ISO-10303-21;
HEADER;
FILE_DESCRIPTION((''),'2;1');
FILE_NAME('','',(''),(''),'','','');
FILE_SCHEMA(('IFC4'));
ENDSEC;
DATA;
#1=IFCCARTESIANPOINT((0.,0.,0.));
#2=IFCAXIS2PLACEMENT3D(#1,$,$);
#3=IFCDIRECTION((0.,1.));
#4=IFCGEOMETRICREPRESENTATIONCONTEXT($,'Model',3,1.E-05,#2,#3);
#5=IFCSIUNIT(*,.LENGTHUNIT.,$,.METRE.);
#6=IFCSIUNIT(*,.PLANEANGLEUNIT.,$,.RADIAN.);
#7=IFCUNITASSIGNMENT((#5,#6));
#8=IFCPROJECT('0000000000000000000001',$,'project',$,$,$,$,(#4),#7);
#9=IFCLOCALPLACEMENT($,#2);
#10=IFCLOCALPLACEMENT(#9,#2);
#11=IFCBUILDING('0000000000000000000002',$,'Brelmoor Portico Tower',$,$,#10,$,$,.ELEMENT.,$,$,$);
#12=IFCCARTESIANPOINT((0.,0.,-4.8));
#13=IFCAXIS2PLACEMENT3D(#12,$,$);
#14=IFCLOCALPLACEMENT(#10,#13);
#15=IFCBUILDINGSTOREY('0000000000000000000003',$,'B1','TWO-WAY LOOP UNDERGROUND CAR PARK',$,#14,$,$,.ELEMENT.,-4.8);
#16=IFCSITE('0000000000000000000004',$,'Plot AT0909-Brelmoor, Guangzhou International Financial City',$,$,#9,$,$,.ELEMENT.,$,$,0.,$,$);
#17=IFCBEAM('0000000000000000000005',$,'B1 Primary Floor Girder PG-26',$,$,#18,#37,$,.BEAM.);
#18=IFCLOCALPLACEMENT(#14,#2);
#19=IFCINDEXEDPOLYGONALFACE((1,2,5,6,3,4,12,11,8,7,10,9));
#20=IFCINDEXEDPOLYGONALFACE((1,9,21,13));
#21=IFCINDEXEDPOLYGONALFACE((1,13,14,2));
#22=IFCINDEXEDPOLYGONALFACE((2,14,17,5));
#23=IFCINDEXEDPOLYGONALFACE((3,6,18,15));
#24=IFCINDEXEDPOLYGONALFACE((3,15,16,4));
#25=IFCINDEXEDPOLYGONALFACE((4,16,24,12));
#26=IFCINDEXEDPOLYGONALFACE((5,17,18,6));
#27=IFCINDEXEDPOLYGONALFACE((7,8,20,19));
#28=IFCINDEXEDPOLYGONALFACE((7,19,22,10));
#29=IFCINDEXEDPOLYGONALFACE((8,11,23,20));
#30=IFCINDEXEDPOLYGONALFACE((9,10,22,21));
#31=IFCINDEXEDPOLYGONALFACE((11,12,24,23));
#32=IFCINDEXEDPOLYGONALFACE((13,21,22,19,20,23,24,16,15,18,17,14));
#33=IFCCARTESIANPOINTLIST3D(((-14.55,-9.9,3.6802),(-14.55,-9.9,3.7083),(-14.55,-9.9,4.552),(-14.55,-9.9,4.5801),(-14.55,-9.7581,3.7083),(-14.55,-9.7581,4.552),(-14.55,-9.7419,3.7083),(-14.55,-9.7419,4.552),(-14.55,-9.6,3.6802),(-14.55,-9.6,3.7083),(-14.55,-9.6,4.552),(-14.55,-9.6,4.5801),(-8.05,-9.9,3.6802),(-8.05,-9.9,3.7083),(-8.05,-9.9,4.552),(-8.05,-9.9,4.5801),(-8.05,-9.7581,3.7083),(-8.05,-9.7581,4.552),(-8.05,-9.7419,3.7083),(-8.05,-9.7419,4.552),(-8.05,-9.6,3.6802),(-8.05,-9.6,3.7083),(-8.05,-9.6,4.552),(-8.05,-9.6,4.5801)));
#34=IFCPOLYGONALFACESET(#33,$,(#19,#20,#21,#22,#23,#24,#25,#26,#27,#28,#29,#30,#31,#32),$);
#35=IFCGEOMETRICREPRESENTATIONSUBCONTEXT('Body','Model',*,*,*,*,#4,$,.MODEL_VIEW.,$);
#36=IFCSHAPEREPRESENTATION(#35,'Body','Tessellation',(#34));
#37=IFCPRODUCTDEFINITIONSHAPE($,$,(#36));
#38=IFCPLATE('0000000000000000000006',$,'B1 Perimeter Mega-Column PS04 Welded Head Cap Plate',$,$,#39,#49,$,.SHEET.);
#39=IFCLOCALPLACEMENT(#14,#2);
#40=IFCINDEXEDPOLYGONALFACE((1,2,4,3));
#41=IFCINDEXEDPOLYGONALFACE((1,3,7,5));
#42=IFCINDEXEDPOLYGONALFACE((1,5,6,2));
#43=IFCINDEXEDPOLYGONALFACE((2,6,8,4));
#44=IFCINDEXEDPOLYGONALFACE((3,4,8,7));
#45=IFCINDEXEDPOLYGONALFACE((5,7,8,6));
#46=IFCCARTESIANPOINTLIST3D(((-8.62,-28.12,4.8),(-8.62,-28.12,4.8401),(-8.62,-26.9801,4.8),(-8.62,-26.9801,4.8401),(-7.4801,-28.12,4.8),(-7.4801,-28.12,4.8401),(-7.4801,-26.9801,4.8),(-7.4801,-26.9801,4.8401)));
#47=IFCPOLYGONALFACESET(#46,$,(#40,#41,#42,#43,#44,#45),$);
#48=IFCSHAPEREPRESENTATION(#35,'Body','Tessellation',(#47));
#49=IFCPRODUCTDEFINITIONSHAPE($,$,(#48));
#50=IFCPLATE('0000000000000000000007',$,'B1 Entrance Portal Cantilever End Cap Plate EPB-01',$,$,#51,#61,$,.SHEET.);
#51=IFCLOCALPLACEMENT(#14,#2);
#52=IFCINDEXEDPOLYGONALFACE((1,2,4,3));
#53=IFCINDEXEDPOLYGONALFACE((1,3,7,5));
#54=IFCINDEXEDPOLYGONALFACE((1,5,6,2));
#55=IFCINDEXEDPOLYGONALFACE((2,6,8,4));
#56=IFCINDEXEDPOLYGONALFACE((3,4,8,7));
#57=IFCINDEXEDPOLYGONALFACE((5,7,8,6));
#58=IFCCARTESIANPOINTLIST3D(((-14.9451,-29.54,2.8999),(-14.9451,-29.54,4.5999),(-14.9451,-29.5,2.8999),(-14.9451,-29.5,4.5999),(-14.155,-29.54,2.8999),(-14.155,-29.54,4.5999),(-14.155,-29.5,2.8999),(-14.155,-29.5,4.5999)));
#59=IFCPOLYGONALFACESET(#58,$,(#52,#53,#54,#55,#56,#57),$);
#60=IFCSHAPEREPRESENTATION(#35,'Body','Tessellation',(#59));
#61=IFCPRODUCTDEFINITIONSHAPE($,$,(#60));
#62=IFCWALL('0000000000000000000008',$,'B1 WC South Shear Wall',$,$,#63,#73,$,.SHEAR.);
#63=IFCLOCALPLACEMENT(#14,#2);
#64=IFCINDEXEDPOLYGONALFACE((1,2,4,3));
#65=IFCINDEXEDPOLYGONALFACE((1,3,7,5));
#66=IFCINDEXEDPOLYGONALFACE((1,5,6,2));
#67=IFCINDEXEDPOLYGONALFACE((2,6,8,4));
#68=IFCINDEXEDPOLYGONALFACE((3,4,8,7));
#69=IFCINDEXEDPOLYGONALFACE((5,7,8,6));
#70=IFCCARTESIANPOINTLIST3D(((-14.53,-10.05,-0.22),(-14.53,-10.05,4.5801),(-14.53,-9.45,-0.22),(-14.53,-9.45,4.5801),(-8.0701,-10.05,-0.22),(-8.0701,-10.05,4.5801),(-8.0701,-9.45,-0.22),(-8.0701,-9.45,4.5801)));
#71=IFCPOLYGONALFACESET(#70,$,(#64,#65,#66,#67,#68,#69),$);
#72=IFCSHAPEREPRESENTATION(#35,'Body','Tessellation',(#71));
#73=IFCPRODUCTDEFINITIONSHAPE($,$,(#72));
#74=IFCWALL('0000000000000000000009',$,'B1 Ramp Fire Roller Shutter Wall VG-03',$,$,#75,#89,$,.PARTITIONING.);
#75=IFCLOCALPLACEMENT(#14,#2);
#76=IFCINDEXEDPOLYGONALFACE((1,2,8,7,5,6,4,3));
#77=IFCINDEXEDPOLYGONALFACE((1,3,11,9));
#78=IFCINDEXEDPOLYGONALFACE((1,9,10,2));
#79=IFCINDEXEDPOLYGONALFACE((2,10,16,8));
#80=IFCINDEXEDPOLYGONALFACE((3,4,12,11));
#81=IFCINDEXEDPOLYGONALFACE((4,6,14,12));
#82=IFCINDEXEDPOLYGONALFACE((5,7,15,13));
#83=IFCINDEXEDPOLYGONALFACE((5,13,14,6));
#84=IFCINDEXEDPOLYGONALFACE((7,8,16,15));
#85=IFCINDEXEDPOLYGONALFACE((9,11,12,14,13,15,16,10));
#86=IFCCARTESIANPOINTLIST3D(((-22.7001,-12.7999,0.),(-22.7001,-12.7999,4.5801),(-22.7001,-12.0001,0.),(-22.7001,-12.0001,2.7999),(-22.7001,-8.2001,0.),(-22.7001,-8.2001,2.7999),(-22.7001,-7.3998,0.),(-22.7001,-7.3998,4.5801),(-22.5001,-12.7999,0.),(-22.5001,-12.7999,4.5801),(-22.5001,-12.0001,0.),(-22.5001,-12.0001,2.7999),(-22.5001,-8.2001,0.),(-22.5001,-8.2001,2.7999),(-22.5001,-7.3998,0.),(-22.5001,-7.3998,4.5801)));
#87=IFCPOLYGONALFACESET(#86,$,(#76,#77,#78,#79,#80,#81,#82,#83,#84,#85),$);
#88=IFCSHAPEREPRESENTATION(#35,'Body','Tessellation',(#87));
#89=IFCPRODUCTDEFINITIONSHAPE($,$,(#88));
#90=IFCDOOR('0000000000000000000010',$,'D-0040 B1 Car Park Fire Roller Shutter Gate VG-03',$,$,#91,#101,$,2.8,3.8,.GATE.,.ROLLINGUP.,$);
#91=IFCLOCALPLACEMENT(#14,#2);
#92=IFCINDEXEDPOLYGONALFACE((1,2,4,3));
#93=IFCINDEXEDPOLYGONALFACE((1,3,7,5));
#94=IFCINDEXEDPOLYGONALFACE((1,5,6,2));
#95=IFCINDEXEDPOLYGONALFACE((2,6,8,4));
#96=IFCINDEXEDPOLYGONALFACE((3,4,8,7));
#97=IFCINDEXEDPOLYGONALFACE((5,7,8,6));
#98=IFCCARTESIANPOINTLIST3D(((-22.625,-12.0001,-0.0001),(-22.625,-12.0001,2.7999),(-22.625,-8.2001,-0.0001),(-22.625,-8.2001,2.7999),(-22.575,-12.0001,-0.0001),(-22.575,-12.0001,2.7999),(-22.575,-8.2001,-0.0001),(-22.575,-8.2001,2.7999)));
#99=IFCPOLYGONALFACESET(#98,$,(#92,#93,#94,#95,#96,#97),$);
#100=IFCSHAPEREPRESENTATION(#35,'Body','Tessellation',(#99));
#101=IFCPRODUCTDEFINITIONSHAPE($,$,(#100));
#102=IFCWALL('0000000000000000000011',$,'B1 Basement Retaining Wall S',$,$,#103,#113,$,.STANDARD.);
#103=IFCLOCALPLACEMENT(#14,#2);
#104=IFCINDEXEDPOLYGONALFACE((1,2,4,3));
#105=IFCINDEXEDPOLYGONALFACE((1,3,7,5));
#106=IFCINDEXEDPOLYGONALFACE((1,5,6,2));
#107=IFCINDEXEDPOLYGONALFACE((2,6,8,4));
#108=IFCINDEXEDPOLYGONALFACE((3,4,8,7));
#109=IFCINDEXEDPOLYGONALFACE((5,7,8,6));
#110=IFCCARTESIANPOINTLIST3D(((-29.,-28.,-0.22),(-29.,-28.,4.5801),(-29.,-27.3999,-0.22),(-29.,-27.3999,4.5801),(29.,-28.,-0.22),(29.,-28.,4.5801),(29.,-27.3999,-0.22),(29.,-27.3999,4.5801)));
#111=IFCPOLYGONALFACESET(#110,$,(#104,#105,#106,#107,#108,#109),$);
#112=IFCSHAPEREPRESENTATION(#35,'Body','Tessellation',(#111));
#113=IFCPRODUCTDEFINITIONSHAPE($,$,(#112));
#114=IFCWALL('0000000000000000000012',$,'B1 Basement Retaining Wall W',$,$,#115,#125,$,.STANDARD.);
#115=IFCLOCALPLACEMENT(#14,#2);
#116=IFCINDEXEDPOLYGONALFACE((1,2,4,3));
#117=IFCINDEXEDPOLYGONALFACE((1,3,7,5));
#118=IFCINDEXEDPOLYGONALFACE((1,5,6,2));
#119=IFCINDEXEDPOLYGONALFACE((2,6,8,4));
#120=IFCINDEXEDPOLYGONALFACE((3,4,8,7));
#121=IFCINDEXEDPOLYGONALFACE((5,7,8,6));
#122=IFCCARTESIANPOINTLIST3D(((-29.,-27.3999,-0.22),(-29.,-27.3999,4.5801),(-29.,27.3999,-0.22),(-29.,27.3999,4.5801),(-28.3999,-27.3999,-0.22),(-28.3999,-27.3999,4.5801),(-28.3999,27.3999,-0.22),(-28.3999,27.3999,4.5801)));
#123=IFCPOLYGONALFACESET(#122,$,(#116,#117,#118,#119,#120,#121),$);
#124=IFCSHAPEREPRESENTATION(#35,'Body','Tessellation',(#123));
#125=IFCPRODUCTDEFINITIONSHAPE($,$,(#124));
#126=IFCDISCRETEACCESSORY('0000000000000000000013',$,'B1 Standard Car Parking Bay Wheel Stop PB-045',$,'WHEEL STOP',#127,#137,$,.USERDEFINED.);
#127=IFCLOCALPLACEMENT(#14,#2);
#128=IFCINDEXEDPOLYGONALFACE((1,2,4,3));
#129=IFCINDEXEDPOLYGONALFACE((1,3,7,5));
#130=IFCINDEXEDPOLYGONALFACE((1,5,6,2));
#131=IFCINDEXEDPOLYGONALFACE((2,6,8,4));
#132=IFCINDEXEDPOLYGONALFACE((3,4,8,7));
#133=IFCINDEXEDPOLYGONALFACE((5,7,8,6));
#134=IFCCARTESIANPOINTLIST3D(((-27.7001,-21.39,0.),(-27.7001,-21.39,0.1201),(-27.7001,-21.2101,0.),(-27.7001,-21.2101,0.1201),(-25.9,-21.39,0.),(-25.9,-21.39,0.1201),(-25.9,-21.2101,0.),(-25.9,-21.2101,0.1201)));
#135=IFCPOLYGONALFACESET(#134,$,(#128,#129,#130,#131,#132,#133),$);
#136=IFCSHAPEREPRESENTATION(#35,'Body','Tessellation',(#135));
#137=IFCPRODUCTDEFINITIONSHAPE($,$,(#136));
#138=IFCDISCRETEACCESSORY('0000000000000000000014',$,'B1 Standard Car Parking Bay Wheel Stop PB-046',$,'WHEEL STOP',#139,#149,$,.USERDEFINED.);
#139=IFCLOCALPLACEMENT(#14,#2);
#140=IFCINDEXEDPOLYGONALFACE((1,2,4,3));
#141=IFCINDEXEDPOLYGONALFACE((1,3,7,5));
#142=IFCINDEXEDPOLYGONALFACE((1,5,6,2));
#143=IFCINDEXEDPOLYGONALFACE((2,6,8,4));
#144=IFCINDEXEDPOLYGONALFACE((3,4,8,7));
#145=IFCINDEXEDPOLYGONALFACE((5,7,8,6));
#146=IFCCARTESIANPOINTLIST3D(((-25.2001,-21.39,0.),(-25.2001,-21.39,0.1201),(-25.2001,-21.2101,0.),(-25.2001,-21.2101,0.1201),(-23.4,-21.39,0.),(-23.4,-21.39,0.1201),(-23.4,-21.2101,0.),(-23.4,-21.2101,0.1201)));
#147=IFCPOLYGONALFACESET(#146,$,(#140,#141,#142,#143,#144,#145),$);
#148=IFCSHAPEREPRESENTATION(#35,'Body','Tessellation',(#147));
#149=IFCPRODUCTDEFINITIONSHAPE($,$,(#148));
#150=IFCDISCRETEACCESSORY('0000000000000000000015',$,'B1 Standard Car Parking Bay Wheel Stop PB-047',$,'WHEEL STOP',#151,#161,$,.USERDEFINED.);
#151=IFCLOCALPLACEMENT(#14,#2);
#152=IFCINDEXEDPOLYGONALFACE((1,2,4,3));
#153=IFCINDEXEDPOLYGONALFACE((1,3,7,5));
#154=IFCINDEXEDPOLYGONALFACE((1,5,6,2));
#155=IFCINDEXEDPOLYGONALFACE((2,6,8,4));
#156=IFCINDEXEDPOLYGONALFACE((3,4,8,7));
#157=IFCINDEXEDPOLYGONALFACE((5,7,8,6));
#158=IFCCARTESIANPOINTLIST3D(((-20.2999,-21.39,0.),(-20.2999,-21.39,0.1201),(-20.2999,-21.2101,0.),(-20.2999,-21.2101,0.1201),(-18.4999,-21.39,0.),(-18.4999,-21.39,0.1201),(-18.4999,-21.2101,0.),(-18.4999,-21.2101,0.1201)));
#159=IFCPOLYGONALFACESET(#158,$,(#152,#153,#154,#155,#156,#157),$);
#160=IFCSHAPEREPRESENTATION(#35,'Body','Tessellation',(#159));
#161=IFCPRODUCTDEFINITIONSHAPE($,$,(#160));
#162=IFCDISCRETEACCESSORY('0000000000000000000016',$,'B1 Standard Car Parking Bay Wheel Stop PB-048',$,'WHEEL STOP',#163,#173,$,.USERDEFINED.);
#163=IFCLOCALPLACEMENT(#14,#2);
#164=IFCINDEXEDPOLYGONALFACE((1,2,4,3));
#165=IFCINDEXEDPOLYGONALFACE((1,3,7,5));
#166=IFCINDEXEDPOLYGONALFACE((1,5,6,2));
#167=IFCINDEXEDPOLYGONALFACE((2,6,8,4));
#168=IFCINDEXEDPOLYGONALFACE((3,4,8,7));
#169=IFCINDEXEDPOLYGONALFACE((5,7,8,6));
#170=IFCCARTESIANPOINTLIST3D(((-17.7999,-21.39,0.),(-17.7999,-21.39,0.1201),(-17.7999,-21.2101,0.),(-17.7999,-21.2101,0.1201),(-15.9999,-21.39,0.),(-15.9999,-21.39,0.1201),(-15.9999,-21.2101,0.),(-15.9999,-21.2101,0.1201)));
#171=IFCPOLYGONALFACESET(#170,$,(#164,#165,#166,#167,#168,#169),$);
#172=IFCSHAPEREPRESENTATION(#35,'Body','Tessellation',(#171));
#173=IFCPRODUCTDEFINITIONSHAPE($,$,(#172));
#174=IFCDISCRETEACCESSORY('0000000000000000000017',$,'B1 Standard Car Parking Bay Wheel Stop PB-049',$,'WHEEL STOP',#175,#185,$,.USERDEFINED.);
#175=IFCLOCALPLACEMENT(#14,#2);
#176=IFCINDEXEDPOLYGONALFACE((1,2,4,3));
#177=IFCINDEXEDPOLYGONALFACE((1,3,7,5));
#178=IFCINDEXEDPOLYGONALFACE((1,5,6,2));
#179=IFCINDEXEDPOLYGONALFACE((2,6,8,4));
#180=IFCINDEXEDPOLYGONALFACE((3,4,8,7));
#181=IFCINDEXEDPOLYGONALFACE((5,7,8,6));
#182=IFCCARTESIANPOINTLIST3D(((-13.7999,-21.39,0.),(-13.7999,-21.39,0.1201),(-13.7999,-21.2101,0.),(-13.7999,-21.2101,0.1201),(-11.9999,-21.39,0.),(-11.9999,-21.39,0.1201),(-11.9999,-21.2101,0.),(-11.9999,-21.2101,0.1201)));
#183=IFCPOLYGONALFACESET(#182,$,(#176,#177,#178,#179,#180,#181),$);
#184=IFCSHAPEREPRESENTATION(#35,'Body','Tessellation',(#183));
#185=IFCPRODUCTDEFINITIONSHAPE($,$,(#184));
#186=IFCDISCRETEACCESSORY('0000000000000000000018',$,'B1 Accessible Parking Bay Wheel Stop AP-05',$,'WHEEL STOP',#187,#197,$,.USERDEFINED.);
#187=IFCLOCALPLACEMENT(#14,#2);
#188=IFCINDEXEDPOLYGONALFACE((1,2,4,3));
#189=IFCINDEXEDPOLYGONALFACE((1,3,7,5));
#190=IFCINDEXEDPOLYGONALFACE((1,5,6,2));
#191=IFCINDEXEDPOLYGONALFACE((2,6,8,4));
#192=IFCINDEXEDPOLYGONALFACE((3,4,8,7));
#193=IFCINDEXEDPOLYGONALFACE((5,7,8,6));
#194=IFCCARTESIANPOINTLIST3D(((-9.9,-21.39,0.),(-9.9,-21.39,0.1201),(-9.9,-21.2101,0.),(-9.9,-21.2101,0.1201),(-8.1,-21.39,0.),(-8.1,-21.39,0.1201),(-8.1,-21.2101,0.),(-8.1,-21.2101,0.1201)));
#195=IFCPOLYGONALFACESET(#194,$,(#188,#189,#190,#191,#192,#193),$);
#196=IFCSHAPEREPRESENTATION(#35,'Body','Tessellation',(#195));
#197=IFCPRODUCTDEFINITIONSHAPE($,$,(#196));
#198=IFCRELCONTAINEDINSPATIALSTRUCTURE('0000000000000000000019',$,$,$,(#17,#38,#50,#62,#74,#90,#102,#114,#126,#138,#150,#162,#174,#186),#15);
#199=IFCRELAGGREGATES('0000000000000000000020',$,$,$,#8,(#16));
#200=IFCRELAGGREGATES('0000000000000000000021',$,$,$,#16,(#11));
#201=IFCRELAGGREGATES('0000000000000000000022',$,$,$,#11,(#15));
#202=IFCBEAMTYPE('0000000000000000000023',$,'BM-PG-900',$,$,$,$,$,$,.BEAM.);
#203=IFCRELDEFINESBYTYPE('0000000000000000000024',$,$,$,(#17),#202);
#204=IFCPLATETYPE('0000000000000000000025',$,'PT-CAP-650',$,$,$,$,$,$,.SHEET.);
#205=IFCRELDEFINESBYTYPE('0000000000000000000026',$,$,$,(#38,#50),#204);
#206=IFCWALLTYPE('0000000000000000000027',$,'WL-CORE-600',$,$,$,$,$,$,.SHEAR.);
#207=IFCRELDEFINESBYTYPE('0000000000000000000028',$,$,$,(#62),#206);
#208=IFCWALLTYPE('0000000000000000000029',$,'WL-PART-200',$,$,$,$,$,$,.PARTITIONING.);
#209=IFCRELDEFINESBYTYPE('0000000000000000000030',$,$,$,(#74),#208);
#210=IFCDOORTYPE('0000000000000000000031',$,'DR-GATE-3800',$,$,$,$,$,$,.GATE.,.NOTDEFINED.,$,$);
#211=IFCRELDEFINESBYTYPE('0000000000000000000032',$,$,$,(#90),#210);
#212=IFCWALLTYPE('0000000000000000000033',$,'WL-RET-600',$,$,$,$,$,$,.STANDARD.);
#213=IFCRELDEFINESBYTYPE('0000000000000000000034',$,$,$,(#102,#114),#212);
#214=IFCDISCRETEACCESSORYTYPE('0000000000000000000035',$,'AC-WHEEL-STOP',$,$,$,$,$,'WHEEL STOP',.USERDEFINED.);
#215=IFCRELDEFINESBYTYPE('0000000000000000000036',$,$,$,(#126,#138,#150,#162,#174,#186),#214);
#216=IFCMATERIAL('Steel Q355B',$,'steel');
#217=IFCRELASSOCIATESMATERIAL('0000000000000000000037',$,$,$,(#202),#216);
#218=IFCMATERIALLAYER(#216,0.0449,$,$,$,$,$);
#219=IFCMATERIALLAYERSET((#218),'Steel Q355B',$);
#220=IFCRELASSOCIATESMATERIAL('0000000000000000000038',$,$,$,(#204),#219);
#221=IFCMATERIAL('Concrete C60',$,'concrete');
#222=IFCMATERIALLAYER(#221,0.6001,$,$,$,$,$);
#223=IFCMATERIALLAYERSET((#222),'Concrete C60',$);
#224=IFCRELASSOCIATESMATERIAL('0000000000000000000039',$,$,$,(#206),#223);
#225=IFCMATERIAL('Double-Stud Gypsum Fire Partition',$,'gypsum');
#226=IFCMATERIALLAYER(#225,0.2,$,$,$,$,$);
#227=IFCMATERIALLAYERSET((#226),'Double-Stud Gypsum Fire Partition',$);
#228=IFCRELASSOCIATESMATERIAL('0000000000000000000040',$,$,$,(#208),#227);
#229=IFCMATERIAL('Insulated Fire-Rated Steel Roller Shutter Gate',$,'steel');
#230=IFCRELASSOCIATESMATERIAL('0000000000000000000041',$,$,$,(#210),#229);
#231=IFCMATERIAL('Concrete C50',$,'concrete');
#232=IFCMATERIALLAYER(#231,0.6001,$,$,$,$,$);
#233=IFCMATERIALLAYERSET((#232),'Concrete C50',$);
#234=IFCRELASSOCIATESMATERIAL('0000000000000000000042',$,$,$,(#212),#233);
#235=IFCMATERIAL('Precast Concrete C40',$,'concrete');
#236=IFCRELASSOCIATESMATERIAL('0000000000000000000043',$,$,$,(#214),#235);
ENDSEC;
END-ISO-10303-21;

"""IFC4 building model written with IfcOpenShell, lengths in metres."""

from ifc_helpers import new_model, si_unit, direction, frame, frame_2d, origin, origin_2d, place, context, subcontext, project, spatial, rectangle, i_section, extrude, material, layer, layer_set, material_profile, profile_set, type_object, element, fill, save


model = new_model("IFC4")

# Units and contexts
model_context = context("Model", 3, precision=1e-05, world=origin(), true_north=direction((0.0, 1.0)))
body_context = subcontext(model_context, "Body", "Model", "MODEL_VIEW")
ifc_project = project(units=[si_unit("LENGTHUNIT", "METRE"), si_unit("PLANEANGLEUNIT", "RADIAN")], contexts=[model_context])

# Site, building, storey
site_placement = place(None, origin())
site = spatial("IfcSite", under=ifc_project, at=site_placement, Name="Plot AT0909-Brelmoor, Guangzhou International Financial City", CompositionType="ELEMENT", RefElevation=0.0)
building_placement = place(site_placement, origin())
building = spatial("IfcBuilding", under=site, at=building_placement, Name="Brelmoor Portico Tower", CompositionType="ELEMENT")
storey_placement = place(building_placement, frame((0.0, 0.0, -4.8)))
storey = spatial("IfcBuildingStorey", under=building, at=storey_placement, Name="B1", Description="TWO-WAY LOOP UNDERGROUND CAR PARK", CompositionType="ELEMENT", Elevation=-4.8)

# Shared definitions
ifc_material_1 = material(Name="Steel Q355B", Category="steel")

# Beam
ifc_material_profile_1 = material_profile(ifc_material_1, i_section(OverallWidth=0.3, OverallDepth=0.8999, WebThickness=0.0161, FlangeThickness=0.0281, at=origin_2d()), Name="HN 900x300x16x28")
ifc_profile_set_1 = profile_set([ifc_material_profile_1], Name="Steel Q355B")
beam_type_1 = type_object("IfcBeamType", Name="BM-PG-900", PredefinedType="BEAM", material=ifc_profile_set_1)
beam_1_placement = place(storey_placement, frame((-14.55, -9.75, 4.1301), z_axis=(1.0, 0.0, 0.0), x_axis=(0.0, 1.0, 0.0)))
element("IfcBeam", 1, at=beam_1_placement, inside=storey, type_object=beam_type_1, Name="B1 Primary Floor Girder PG-26", PredefinedType="BEAM", context=body_context, shape_type="SweptSolid", body=[
    extrude(i_section(OverallWidth=0.3, OverallDepth=0.8999, WebThickness=0.0161, FlangeThickness=0.0281, at=origin_2d()), origin(), (0.0, 0.0, 1.0), 6.5),
])

# Plates
ifc_layer_1 = layer(ifc_material_1, 0.0449)
ifc_layer_set_1 = layer_set([ifc_layer_1], Name="Steel Q355B")
plate_type = type_object("IfcPlateType", Name="PT-CAP-650", PredefinedType="SHEET", material=ifc_layer_set_1)
plate_1_placement = place(storey_placement, frame((-8.05, -27.55, 4.8), z_axis=(0.0, 0.0, 1.0), x_axis=(1.0, 0.0, 0.0)))
element("IfcPlate", 2, at=plate_1_placement, inside=storey, type_object=plate_type, Name="B1 Perimeter Mega-Column PS04 Welded Head Cap Plate", PredefinedType="SHEET", context=body_context, shape_type="SweptSolid", body=[
    extrude(rectangle(XDim=1.1399, YDim=1.1399, at=origin_2d()), origin(), (0.0, 0.0, 1.0), 0.04),
])
plate_2_placement = place(storey_placement, frame((-14.55, -29.52, 2.8999), z_axis=(0.0, 0.0, 1.0), x_axis=(1.0, 0.0, 0.0)))
element("IfcPlate", 3, at=plate_2_placement, inside=storey, type_object=plate_type, Name="B1 Entrance Portal Cantilever End Cap Plate EPB-01", PredefinedType="SHEET", context=body_context, shape_type="SweptSolid", body=[
    extrude(rectangle(XDim=0.79, YDim=0.04, at=origin_2d()), origin(), (0.0, 0.0, 1.0), 1.7),
])

# Wall
ifc_material_2 = material(Name="Concrete C60", Category="concrete")
ifc_layer_2 = layer(ifc_material_2, 0.6001)
ifc_layer_set_2 = layer_set([ifc_layer_2], Name="Concrete C60")
wall_type_1 = type_object("IfcWallType", Name="WL-CORE-600", PredefinedType="SHEAR", material=ifc_layer_set_2)
wall_1_placement = place(storey_placement, frame((-14.53, -9.75, -0.22), z_axis=(0.0, 0.0, 1.0), x_axis=(1.0, 0.0, 0.0)))
element("IfcWall", 4, at=wall_1_placement, inside=storey, type_object=wall_type_1, Name="B1 WC South Shear Wall", PredefinedType="SHEAR", context=body_context, shape_type="SweptSolid", body=[
    extrude(rectangle(XDim=6.46, YDim=0.6001, at=frame_2d((3.23, 0.0))), origin(), (0.0, 0.0, 1.0), 4.8),
])

# Wall, opening, door
ifc_material_3 = material(Name="Double-Stud Gypsum Fire Partition", Category="gypsum")
ifc_layer_3 = layer(ifc_material_3, 0.2)
ifc_layer_set_3 = layer_set([ifc_layer_3], Name="Double-Stud Gypsum Fire Partition")
wall_type_2 = type_object("IfcWallType", Name="WL-PART-200", PredefinedType="PARTITIONING", material=ifc_layer_set_3)
wall_2_placement = place(storey_placement, frame((-22.6001, -12.8, 0.0), z_axis=(0.0, 0.0, 1.0), x_axis=(0.0, 1.0, 0.0)))
wall_2 = element("IfcWall", 5, at=wall_2_placement, inside=storey, type_object=wall_type_2, Name="B1 Ramp Fire Roller Shutter Wall VG-03", PredefinedType="PARTITIONING", context=body_context, shape_type="SweptSolid", body=[
    extrude(rectangle(XDim=5.4001, YDim=0.2, at=frame_2d((2.7002, 0.0))), origin(), (0.0, 0.0, 1.0), 4.5801),
])
opening_placement = place(wall_2_placement, frame((0.8, 0.0, 0.0)))
opening = element("IfcOpeningElement", 6, at=opening_placement, cuts=wall_2, PredefinedType="OPENING", context=body_context, shape_type="SweptSolid", body=[
    extrude(rectangle(XDim=3.8, YDim=2.8, at=frame_2d((1.8999, 1.3999))), frame((0.0, 0.1099, 0.0), z_axis=(0.0, -1.0, 0.0), x_axis=(1.0, 0.0, 0.0)), (0.0, 0.0, 1.0), 0.22),
])
ifc_material_4 = material(Name="Insulated Fire-Rated Steel Roller Shutter Gate", Category="steel")
door_type = type_object("IfcDoorType", Name="DR-GATE-3800", OperationType="NOTDEFINED", PredefinedType="GATE", material=ifc_material_4)
door_placement = place(opening_placement, origin())
door = element("IfcDoor", 7, at=door_placement, inside=storey, type_object=door_type, Name="D-0040 B1 Car Park Fire Roller Shutter Gate VG-03", OperationType="ROLLINGUP", OverallHeight=2.8, OverallWidth=3.8, PredefinedType="GATE", context=body_context, shape_type="SweptSolid", body=[
    extrude(rectangle(XDim=3.8, YDim=2.8, at=frame_2d((1.8999, 1.3999))), frame((0.0, 0.0249, 0.0), z_axis=(0.0, -1.0, 0.0), x_axis=(1.0, 0.0, 0.0)), (0.0, 0.0, 1.0), 0.05),
])
fill(opening, door)

# Walls
ifc_material_5 = material(Name="Concrete C50", Category="concrete")
ifc_layer_4 = layer(ifc_material_5, 0.6001)
ifc_layer_set_4 = layer_set([ifc_layer_4], Name="Concrete C50")
wall_type_3 = type_object("IfcWallType", Name="WL-RET-600", PredefinedType="STANDARD", material=ifc_layer_set_4)
wall_3_placement = place(storey_placement, frame((-29.0, -27.7, -0.22), z_axis=(0.0, 0.0, 1.0), x_axis=(1.0, 0.0, 0.0)))
element("IfcWall", 8, at=wall_3_placement, inside=storey, type_object=wall_type_3, Name="B1 Basement Retaining Wall S", PredefinedType="STANDARD", context=body_context, shape_type="SweptSolid", body=[
    extrude(rectangle(XDim=58.0, YDim=0.6001, at=frame_2d((29.0, 0.0))), origin(), (0.0, 0.0, 1.0), 4.8),
])
wall_4_placement = place(storey_placement, frame((-28.7, -27.3999, -0.22), z_axis=(0.0, 0.0, 1.0), x_axis=(0.0, 1.0, 0.0)))
element("IfcWall", 9, at=wall_4_placement, inside=storey, type_object=wall_type_3, Name="B1 Basement Retaining Wall W", PredefinedType="STANDARD", context=body_context, shape_type="SweptSolid", body=[
    extrude(rectangle(XDim=54.7998, YDim=0.6001, at=frame_2d((27.3999, 0.0))), origin(), (0.0, 0.0, 1.0), 4.8),
])

# Discrete accessories
ifc_material_6 = material(Name="Precast Concrete C40", Category="concrete")
discrete_accessory_type = type_object("IfcDiscreteAccessoryType", Name="AC-WHEEL-STOP", ElementType="WHEEL STOP", PredefinedType="USERDEFINED", material=ifc_material_6)
for number, where, z_axis, x_axis, name in (
    (10, (-26.8, -21.3, 0.0), (0.0, 0.0, 1.0), (1.0, 0.0, 0.0), "B1 Standard Car Parking Bay Wheel Stop PB-045"),
    (11, (-24.3, -21.3, 0.0), (0.0, 0.0, 1.0), (1.0, 0.0, 0.0), "B1 Standard Car Parking Bay Wheel Stop PB-046"),
    (12, (-19.3999, -21.3, 0.0), (0.0, 0.0, 1.0), (1.0, 0.0, 0.0), "B1 Standard Car Parking Bay Wheel Stop PB-047"),
    (13, (-16.8999, -21.3, 0.0), (0.0, 0.0, 1.0), (1.0, 0.0, 0.0), "B1 Standard Car Parking Bay Wheel Stop PB-048"),
    (14, (-12.8999, -21.3, 0.0), (0.0, 0.0, 1.0), (1.0, 0.0, 0.0), "B1 Standard Car Parking Bay Wheel Stop PB-049"),
    (15, (-9.0, -21.3, 0.0), (0.0, 0.0, 1.0), (1.0, 0.0, 0.0), "B1 Accessible Parking Bay Wheel Stop AP-05"),
):
    element("IfcDiscreteAccessory", number, at=place(storey_placement, frame(where, z_axis=z_axis, x_axis=x_axis)), inside=storey, type_object=discrete_accessory_type, Name=name, ObjectType="WHEEL STOP", PredefinedType="USERDEFINED", context=body_context, shape_type="SweptSolid", body=[
        extrude(rectangle(XDim=1.8, YDim=0.1799, at=origin_2d()), origin(), (0.0, 0.0, 1.0), 0.1201),
    ])

save(model, "model.ifc")
